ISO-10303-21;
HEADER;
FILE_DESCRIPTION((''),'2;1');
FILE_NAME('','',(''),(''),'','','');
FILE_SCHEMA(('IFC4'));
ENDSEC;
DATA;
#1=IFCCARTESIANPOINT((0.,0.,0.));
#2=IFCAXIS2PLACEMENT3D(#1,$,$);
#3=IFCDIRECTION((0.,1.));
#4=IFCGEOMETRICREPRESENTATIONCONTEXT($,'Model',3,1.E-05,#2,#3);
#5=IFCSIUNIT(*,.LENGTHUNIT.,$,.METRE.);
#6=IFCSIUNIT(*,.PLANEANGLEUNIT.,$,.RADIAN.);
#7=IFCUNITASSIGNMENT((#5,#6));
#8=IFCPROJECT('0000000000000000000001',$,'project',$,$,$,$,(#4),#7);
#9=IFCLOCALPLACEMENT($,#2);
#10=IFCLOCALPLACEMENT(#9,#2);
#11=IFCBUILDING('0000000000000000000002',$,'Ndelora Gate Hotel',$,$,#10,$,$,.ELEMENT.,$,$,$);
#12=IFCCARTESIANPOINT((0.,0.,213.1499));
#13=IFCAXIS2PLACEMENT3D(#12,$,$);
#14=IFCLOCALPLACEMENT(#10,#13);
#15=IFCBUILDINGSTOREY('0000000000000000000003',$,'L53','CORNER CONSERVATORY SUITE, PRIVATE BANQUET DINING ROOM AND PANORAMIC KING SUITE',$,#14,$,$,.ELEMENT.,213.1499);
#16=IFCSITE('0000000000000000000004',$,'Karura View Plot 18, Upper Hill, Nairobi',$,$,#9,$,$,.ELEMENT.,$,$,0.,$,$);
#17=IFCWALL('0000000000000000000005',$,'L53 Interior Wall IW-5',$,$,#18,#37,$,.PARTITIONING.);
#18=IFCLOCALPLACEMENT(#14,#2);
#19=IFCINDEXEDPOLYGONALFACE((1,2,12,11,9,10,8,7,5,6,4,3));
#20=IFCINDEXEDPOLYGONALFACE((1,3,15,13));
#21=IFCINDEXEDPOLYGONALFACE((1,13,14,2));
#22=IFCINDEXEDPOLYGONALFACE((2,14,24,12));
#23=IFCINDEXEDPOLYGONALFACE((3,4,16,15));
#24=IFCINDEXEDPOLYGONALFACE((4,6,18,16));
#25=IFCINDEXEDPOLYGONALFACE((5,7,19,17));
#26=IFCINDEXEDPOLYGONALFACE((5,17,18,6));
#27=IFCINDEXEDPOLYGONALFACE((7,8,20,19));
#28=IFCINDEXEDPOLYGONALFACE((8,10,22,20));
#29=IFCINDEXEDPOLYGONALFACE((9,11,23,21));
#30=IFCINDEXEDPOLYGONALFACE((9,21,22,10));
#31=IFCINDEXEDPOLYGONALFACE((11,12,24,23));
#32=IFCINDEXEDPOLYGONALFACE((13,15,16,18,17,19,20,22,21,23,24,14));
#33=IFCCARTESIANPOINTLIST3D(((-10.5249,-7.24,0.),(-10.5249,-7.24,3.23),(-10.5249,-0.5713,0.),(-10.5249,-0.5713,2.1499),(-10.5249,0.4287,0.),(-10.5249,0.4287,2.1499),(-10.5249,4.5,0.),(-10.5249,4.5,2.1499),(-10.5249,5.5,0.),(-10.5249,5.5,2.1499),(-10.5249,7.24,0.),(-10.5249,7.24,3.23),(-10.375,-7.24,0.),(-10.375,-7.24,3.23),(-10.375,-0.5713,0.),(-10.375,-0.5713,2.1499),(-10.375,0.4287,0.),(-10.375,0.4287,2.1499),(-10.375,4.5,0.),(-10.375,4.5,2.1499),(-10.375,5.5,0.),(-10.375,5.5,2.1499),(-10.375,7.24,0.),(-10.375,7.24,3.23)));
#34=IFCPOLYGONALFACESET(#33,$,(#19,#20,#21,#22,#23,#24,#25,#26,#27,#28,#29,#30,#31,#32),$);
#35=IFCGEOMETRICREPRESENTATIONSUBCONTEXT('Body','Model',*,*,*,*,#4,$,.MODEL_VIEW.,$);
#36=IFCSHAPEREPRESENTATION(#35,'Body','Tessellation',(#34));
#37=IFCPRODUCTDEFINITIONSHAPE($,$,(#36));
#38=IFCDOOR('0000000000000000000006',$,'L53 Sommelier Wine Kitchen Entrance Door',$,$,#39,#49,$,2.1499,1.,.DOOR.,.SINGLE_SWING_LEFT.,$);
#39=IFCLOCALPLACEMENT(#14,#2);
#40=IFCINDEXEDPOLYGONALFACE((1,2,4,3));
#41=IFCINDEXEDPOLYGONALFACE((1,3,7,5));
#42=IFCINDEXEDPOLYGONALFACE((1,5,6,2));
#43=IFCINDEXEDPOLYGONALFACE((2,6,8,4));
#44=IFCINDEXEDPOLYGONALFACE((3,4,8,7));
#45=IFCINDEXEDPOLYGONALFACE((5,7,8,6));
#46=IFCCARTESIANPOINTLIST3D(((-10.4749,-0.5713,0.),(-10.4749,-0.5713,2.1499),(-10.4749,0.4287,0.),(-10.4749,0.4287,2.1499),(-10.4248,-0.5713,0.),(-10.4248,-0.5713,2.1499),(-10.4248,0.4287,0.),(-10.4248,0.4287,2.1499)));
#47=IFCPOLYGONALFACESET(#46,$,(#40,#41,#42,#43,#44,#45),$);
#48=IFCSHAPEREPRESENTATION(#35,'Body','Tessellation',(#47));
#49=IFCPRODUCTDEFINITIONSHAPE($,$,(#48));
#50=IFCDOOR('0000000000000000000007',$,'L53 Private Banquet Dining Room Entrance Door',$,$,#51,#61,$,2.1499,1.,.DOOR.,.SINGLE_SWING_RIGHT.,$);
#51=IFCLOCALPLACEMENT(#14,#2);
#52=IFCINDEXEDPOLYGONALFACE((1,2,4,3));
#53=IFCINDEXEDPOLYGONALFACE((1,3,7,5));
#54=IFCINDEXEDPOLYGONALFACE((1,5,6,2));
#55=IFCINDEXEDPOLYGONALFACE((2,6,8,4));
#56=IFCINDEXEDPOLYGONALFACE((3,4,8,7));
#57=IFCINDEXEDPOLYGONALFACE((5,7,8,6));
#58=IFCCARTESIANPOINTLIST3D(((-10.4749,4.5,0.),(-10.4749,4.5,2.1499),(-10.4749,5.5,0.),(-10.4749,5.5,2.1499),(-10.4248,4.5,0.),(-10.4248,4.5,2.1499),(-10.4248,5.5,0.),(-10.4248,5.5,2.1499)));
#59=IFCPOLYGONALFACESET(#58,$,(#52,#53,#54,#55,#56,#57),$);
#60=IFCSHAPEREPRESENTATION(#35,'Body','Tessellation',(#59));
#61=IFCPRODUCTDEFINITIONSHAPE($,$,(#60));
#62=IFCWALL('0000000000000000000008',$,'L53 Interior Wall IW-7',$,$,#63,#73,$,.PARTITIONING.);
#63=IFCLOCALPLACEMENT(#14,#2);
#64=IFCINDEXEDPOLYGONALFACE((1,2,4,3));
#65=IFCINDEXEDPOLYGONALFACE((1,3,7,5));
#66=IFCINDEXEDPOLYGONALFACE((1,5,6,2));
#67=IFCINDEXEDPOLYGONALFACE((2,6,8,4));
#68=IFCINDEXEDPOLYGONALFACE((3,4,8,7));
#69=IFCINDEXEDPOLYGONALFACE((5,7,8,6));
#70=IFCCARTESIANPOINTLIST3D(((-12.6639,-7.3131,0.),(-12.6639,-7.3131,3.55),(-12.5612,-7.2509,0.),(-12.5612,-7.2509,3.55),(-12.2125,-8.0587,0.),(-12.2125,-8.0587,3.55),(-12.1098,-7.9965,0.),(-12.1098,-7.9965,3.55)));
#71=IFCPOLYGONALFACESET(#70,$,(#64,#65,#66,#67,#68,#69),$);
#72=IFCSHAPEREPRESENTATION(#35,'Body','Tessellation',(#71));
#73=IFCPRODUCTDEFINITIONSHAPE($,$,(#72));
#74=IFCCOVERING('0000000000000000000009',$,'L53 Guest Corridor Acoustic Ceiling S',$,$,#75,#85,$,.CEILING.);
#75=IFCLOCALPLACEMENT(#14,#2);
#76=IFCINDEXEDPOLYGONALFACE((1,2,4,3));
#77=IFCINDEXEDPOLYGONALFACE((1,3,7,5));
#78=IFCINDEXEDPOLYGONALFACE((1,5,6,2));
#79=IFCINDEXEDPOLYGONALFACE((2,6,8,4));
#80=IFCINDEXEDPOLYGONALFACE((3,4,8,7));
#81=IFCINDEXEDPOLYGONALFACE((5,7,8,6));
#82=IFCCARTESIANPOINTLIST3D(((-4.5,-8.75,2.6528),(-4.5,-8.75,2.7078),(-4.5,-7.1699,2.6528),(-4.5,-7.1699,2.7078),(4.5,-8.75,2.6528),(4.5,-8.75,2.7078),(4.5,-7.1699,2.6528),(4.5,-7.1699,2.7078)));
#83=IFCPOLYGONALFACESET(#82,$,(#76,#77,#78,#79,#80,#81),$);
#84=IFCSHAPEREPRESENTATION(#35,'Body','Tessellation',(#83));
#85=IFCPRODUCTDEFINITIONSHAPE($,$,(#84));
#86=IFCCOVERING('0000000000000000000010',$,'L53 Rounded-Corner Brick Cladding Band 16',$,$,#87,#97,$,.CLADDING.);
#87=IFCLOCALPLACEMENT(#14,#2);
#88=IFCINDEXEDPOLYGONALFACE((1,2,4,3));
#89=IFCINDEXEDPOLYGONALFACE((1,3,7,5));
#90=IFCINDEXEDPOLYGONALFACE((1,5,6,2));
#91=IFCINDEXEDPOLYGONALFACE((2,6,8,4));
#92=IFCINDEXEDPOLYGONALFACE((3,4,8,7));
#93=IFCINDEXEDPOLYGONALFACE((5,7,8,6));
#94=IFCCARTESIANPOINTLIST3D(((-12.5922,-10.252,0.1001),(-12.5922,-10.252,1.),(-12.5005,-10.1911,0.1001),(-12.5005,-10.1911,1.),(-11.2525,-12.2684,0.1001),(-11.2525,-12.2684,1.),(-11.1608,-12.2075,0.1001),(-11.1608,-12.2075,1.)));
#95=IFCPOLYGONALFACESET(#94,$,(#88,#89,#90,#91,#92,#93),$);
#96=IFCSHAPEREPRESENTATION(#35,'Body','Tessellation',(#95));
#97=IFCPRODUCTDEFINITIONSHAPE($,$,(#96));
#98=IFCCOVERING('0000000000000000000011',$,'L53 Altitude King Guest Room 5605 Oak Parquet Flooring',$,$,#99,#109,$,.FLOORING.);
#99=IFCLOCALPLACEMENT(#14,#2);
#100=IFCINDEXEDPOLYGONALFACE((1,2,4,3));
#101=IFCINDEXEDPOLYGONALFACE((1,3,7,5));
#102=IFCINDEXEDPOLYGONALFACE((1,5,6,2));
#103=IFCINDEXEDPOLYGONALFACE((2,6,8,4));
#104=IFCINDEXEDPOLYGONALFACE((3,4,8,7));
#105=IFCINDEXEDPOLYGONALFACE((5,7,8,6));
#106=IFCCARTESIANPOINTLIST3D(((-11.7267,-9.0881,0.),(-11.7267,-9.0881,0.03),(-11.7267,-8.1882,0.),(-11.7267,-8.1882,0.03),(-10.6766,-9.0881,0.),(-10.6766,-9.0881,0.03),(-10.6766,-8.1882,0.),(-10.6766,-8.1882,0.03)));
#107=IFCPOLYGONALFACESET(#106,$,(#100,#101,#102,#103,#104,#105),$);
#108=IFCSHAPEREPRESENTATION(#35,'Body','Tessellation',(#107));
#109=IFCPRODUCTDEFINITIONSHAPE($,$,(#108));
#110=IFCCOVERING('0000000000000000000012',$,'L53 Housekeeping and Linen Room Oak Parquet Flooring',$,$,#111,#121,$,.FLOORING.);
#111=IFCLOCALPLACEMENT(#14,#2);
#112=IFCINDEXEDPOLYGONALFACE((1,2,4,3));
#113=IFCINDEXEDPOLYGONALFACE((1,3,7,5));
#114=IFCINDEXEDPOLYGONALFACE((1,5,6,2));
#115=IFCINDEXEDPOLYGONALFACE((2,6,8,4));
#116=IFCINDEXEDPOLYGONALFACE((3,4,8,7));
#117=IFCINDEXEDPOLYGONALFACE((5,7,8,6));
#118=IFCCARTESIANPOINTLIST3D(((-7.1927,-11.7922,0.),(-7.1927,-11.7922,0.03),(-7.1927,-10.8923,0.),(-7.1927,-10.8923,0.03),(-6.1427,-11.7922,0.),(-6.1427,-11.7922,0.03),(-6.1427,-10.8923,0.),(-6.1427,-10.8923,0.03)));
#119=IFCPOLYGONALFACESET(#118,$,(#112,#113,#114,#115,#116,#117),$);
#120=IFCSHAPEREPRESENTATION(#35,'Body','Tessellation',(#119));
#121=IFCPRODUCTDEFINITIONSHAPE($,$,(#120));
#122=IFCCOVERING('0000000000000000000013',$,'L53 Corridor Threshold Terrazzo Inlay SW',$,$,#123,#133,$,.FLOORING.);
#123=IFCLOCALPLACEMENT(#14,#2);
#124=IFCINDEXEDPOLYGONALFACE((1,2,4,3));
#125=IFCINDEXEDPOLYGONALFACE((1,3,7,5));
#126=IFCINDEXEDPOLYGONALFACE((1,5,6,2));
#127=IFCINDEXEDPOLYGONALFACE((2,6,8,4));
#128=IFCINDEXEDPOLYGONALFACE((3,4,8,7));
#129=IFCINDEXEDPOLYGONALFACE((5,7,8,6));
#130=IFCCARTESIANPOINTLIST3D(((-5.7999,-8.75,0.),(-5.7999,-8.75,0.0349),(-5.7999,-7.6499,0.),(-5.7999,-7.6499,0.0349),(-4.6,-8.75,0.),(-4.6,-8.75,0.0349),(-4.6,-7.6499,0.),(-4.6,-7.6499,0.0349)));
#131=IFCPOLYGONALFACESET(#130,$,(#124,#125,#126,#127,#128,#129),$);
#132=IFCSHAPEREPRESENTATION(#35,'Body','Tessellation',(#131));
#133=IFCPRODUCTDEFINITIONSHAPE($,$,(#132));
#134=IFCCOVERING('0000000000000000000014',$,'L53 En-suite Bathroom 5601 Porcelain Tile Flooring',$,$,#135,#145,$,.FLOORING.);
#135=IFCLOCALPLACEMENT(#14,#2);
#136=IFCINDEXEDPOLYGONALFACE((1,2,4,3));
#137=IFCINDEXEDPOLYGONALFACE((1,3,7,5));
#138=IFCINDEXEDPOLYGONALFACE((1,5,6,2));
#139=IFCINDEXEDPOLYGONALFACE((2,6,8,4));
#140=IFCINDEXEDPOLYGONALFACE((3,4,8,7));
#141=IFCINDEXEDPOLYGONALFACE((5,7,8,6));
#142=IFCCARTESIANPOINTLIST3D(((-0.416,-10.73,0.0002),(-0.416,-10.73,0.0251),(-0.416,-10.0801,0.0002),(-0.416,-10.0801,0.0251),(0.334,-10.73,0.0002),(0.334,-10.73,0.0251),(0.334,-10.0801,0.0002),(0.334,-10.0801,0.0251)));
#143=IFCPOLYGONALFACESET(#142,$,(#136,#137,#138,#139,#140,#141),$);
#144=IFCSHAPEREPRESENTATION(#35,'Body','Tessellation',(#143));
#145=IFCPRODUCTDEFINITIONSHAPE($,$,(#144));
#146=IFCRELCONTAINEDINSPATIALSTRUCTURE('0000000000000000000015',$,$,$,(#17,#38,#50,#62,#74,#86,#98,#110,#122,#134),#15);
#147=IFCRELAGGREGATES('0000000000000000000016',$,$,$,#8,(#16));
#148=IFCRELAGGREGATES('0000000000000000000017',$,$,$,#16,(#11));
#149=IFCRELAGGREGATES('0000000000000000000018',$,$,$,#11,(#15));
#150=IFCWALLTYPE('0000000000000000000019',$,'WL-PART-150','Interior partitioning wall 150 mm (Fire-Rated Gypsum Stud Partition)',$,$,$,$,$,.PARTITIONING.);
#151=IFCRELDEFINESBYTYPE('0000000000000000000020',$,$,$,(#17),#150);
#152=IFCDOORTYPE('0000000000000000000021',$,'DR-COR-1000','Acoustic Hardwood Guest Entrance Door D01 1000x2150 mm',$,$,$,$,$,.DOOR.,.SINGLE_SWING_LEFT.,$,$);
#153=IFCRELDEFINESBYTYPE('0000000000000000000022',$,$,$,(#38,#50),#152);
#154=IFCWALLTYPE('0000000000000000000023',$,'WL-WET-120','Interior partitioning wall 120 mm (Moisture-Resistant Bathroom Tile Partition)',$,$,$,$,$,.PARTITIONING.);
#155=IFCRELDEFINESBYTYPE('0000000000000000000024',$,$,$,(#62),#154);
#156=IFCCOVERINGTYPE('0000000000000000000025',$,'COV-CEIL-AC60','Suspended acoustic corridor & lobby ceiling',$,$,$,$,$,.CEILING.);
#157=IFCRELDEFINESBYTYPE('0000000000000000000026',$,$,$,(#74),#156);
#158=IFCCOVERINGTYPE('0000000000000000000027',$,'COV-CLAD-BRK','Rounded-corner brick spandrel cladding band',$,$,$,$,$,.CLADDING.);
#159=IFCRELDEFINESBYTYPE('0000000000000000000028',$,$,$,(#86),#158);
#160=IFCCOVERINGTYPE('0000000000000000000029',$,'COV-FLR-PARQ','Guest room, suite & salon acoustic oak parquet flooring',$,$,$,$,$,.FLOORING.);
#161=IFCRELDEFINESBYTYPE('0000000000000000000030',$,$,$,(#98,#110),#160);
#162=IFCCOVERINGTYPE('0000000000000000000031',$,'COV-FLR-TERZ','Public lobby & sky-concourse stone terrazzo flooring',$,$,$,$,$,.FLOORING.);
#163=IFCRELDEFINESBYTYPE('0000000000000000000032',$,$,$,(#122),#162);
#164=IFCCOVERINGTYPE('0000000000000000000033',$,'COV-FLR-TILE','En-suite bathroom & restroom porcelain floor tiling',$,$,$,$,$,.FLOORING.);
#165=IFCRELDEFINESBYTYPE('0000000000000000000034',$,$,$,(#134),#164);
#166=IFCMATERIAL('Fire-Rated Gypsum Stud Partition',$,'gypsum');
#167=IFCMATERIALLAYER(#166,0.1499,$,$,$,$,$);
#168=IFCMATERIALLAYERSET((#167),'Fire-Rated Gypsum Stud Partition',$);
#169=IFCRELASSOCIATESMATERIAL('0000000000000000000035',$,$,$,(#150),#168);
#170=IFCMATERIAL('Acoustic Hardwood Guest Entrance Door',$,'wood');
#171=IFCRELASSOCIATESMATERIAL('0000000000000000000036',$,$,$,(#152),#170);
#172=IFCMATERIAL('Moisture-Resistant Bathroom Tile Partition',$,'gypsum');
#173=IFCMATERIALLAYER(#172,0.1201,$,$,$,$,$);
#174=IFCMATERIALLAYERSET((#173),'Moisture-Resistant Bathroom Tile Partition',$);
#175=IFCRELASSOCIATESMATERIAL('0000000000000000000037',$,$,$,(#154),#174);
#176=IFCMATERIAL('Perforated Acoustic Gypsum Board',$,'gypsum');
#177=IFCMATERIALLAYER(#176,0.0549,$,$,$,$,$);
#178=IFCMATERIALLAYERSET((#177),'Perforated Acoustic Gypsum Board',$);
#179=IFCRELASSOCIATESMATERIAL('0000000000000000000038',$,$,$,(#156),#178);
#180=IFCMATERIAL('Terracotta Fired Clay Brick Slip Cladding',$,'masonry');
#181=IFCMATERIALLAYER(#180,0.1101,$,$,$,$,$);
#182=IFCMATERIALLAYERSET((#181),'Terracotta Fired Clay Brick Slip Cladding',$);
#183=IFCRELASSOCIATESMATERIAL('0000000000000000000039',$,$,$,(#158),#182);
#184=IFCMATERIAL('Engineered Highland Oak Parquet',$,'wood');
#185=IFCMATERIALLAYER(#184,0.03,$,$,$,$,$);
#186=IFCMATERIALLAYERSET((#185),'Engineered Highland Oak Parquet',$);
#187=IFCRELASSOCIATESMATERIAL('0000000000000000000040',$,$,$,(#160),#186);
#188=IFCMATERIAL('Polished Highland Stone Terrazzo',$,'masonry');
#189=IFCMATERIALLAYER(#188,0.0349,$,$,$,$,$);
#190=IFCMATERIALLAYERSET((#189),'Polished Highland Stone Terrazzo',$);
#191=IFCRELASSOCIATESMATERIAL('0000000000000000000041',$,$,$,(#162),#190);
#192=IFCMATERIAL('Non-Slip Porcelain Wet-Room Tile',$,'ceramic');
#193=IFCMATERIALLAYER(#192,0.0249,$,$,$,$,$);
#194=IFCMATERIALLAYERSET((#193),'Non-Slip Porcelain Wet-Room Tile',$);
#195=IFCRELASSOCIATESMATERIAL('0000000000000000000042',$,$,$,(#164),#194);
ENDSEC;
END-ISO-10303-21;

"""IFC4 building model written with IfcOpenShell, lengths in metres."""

from ifc_helpers import new_model, si_unit, direction, frame, frame_2d, origin, origin_2d, place, context, subcontext, project, spatial, rectangle, extrude, material, layer, layer_set, type_object, element, fill, save


model = new_model("IFC4")

# Units and contexts
model_context = context("Model", 3, precision=1e-05, world=origin(), true_north=direction((0.0, 1.0)))
body_context = subcontext(model_context, "Body", "Model", "MODEL_VIEW")
ifc_project = project(units=[si_unit("LENGTHUNIT", "METRE"), si_unit("PLANEANGLEUNIT", "RADIAN")], contexts=[model_context])

# Site, building, storey
site_placement = place(None, origin())
site = spatial("IfcSite", under=ifc_project, at=site_placement, Name="Karura View Plot 18, Upper Hill, Nairobi", CompositionType="ELEMENT", RefElevation=0.0)
building_placement = place(site_placement, origin())
building = spatial("IfcBuilding", under=site, at=building_placement, Name="Ndelora Gate Hotel", CompositionType="ELEMENT")
storey_placement = place(building_placement, frame((0.0, 0.0, 213.1499)))
storey = spatial("IfcBuildingStorey", under=building, at=storey_placement, Name="L53", Description="CORNER CONSERVATORY SUITE, PRIVATE BANQUET DINING ROOM AND PANORAMIC KING SUITE", CompositionType="ELEMENT", Elevation=213.1499)

# Wall, openings, doors
ifc_material_1 = material(Name="Fire-Rated Gypsum Stud Partition", Category="gypsum")
ifc_layer_1 = layer(ifc_material_1, 0.1499)
ifc_layer_set_1 = layer_set([ifc_layer_1], Name="Fire-Rated Gypsum Stud Partition")
wall_type_1 = type_object("IfcWallType", Name="WL-PART-150", Description="Interior partitioning wall 150 mm (Fire-Rated Gypsum Stud Partition)", PredefinedType="PARTITIONING", material=ifc_layer_set_1)
wall_1_placement = place(storey_placement, frame((-10.45, -7.24, 0.0), z_axis=(0.0, 0.0, 1.0), x_axis=(0.0, 1.0, 0.0)))
wall_1 = element("IfcWall", 1, at=wall_1_placement, inside=storey, type_object=wall_type_1, Name="L53 Interior Wall IW-5", PredefinedType="PARTITIONING", context=body_context, shape_type="SweptSolid", body=[
    extrude(rectangle(XDim=14.48, YDim=0.1499, at=frame_2d((7.24, 0.0))), origin(), (0.0, 0.0, 1.0), 3.23),
])
opening_1_placement = place(wall_1_placement, frame((6.6687, 0.0, 0.0)))
opening_1 = element("IfcOpeningElement", 2, at=opening_1_placement, cuts=wall_1, PredefinedType="OPENING", context=body_context, shape_type="SweptSolid", body=[
    extrude(rectangle(XDim=1.0, YDim=2.1499, at=frame_2d((0.5, 1.075))), frame((0.0, 0.085, 0.0), z_axis=(0.0, -1.0, 0.0), x_axis=(1.0, 0.0, 0.0)), (0.0, 0.0, 1.0), 0.1699),
])
opening_2_placement = place(wall_1_placement, frame((11.74, 0.0, 0.0)))
opening_2 = element("IfcOpeningElement", 3, at=opening_2_placement, cuts=wall_1, PredefinedType="OPENING", context=body_context, shape_type="SweptSolid", body=[
    extrude(rectangle(XDim=1.0, YDim=2.1499, at=frame_2d((0.5, 1.075))), frame((0.0, 0.085, 0.0), z_axis=(0.0, -1.0, 0.0), x_axis=(1.0, 0.0, 0.0)), (0.0, 0.0, 1.0), 0.1699),
])
ifc_material_2 = material(Name="Acoustic Hardwood Guest Entrance Door", Category="wood")
door_type = type_object("IfcDoorType", Name="DR-COR-1000", Description="Acoustic Hardwood Guest Entrance Door D01 1000x2150 mm", OperationType="SINGLE_SWING_LEFT", PredefinedType="DOOR", material=ifc_material_2)
door_1_placement = place(opening_1_placement, origin())
door_1 = element("IfcDoor", 4, at=door_1_placement, inside=storey, type_object=door_type, Name="L53 Sommelier Wine Kitchen Entrance Door", OperationType="SINGLE_SWING_LEFT", OverallHeight=2.1499, OverallWidth=1.0, PredefinedType="DOOR", context=body_context, shape_type="SweptSolid", body=[
    extrude(rectangle(XDim=1.0, YDim=2.1499, at=frame_2d((0.5, 1.075))), frame((0.0, 0.0249, 0.0), z_axis=(0.0, -1.0, 0.0), x_axis=(1.0, 0.0, 0.0)), (0.0, 0.0, 1.0), 0.05),
])
fill(opening_1, door_1)
door_2_placement = place(opening_2_placement, origin())
door_2 = element("IfcDoor", 5, at=door_2_placement, inside=storey, type_object=door_type, Name="L53 Private Banquet Dining Room Entrance Door", OperationType="SINGLE_SWING_RIGHT", OverallHeight=2.1499, OverallWidth=1.0, PredefinedType="DOOR", context=body_context, shape_type="SweptSolid", body=[
    extrude(rectangle(XDim=1.0, YDim=2.1499, at=frame_2d((0.5, 1.075))), frame((0.0, 0.0249, 0.0), z_axis=(0.0, -1.0, 0.0), x_axis=(1.0, 0.0, 0.0)), (0.0, 0.0, 1.0), 0.05),
])
fill(opening_2, door_2)

# Wall
ifc_material_3 = material(Name="Moisture-Resistant Bathroom Tile Partition", Category="gypsum")
ifc_layer_2 = layer(ifc_material_3, 0.1201)
ifc_layer_set_2 = layer_set([ifc_layer_2], Name="Moisture-Resistant Bathroom Tile Partition")
wall_type_2 = type_object("IfcWallType", Name="WL-WET-120", Description="Interior partitioning wall 120 mm (Moisture-Resistant Bathroom Tile Partition)", PredefinedType="PARTITIONING", material=ifc_layer_set_2)
wall_2_placement = place(storey_placement, frame((-12.6125, -7.282, 0.0), z_axis=(0.0, 0.0, 1.0), x_axis=(0.517911, -0.855435, 0.0)))
element("IfcWall", 6, at=wall_2_placement, inside=storey, type_object=wall_type_2, Name="L53 Interior Wall IW-7", PredefinedType="PARTITIONING", context=body_context, shape_type="SweptSolid", body=[
    extrude(rectangle(XDim=0.8716, YDim=0.1201, at=frame_2d((0.4358, 0.0))), origin(), (0.0, 0.0, 1.0), 3.55),
])

# Coverings
ifc_material_4 = material(Name="Perforated Acoustic Gypsum Board", Category="gypsum")
ifc_layer_3 = layer(ifc_material_4, 0.0549)
ifc_layer_set_3 = layer_set([ifc_layer_3], Name="Perforated Acoustic Gypsum Board")
covering_type_1 = type_object("IfcCoveringType", Name="COV-CEIL-AC60", Description="Suspended acoustic corridor & lobby ceiling", PredefinedType="CEILING", material=ifc_layer_set_3)
covering_1_placement = place(storey_placement, frame((0.0, -7.96, 2.6528), z_axis=(0.0, 0.0, 1.0), x_axis=(1.0, 0.0, 0.0)))
element("IfcCovering", 7, at=covering_1_placement, inside=storey, type_object=covering_type_1, Name="L53 Guest Corridor Acoustic Ceiling S", PredefinedType="CEILING", context=body_context, shape_type="SweptSolid", body=[
    extrude(rectangle(XDim=9.0, YDim=1.5801, at=origin_2d()), origin(), (0.0, 0.0, 1.0), 0.0549),
])
ifc_material_5 = material(Name="Terracotta Fired Clay Brick Slip Cladding", Category="masonry")
ifc_layer_4 = layer(ifc_material_5, 0.1101)
ifc_layer_set_4 = layer_set([ifc_layer_4], Name="Terracotta Fired Clay Brick Slip Cladding")
covering_type_2 = type_object("IfcCoveringType", Name="COV-CLAD-BRK", Description="Rounded-corner brick spandrel cladding band", PredefinedType="CLADDING", material=ifc_layer_set_4)
covering_2_placement = place(storey_placement, frame((-11.8765, -11.2297, 0.1001), z_axis=(0.0, 0.0, 1.0), x_axis=(-0.553392, 0.832921, 0.0)))
element("IfcCovering", 8, at=covering_2_placement, inside=storey, type_object=covering_type_2, Name="L53 Rounded-Corner Brick Cladding Band 16", PredefinedType="CLADDING", context=body_context, shape_type="SweptSolid", body=[
    extrude(rectangle(XDim=2.4209, YDim=0.1101, at=origin_2d()), origin(), (0.0, 0.0, 1.0), 0.8999),
])
ifc_material_6 = material(Name="Engineered Highland Oak Parquet", Category="wood")
ifc_layer_5 = layer(ifc_material_6, 0.03)
ifc_layer_set_5 = layer_set([ifc_layer_5], Name="Engineered Highland Oak Parquet")
covering_type_3 = type_object("IfcCoveringType", Name="COV-FLR-PARQ", Description="Guest room, suite & salon acoustic oak parquet flooring", PredefinedType="FLOORING", material=ifc_layer_set_5)
for number, where, z_axis, x_axis, name in (
    (9, (-11.2017, -8.6382, 0.0), (0.0, 0.0, 1.0), (1.0, 0.0, 0.0), "L53 Altitude King Guest Room 5605 Oak Parquet Flooring"),
    (10, (-6.6677, -11.3423, 0.0), (0.0, 0.0, 1.0), (1.0, 0.0, 0.0), "L53 Housekeeping and Linen Room Oak Parquet Flooring"),
):
    element("IfcCovering", number, at=place(storey_placement, frame(where, z_axis=z_axis, x_axis=x_axis)), inside=storey, type_object=covering_type_3, Name=name, PredefinedType="FLOORING", context=body_context, shape_type="SweptSolid", body=[
        extrude(rectangle(XDim=1.05, YDim=0.8999, at=origin_2d()), origin(), (0.0, 0.0, 1.0), 0.03),
    ])
ifc_material_7 = material(Name="Polished Highland Stone Terrazzo", Category="masonry")
ifc_layer_6 = layer(ifc_material_7, 0.0349)
ifc_layer_set_6 = layer_set([ifc_layer_6], Name="Polished Highland Stone Terrazzo")
covering_type_4 = type_object("IfcCoveringType", Name="COV-FLR-TERZ", Description="Public lobby & sky-concourse stone terrazzo flooring", PredefinedType="FLOORING", material=ifc_layer_set_6)
covering_3_placement = place(storey_placement, frame((-5.2, -8.2, 0.0), z_axis=(0.0, 0.0, 1.0), x_axis=(1.0, 0.0, 0.0)))
element("IfcCovering", 11, at=covering_3_placement, inside=storey, type_object=covering_type_4, Name="L53 Corridor Threshold Terrazzo Inlay SW", PredefinedType="FLOORING", context=body_context, shape_type="SweptSolid", body=[
    extrude(rectangle(XDim=1.2, YDim=1.1001, at=origin_2d()), origin(), (0.0, 0.0, 1.0), 0.0349),
])
ifc_material_8 = material(Name="Non-Slip Porcelain Wet-Room Tile", Category="ceramic")
ifc_layer_7 = layer(ifc_material_8, 0.0249)
ifc_layer_set_7 = layer_set([ifc_layer_7], Name="Non-Slip Porcelain Wet-Room Tile")
covering_type_5 = type_object("IfcCoveringType", Name="COV-FLR-TILE", Description="En-suite bathroom & restroom porcelain floor tiling", PredefinedType="FLOORING", material=ifc_layer_set_7)
covering_4_placement = place(storey_placement, frame((-0.041, -10.405, 0.0002), z_axis=(0.0, 0.0, 1.0), x_axis=(1.0, 0.0, 0.0)))
element("IfcCovering", 12, at=covering_4_placement, inside=storey, type_object=covering_type_5, Name="L53 En-suite Bathroom 5601 Porcelain Tile Flooring", PredefinedType="FLOORING", context=body_context, shape_type="SweptSolid", body=[
    extrude(rectangle(XDim=0.75, YDim=0.6499, at=origin_2d()), origin(), (0.0, 0.0, 1.0), 0.0249),
])

save(model, "model.ifc")
